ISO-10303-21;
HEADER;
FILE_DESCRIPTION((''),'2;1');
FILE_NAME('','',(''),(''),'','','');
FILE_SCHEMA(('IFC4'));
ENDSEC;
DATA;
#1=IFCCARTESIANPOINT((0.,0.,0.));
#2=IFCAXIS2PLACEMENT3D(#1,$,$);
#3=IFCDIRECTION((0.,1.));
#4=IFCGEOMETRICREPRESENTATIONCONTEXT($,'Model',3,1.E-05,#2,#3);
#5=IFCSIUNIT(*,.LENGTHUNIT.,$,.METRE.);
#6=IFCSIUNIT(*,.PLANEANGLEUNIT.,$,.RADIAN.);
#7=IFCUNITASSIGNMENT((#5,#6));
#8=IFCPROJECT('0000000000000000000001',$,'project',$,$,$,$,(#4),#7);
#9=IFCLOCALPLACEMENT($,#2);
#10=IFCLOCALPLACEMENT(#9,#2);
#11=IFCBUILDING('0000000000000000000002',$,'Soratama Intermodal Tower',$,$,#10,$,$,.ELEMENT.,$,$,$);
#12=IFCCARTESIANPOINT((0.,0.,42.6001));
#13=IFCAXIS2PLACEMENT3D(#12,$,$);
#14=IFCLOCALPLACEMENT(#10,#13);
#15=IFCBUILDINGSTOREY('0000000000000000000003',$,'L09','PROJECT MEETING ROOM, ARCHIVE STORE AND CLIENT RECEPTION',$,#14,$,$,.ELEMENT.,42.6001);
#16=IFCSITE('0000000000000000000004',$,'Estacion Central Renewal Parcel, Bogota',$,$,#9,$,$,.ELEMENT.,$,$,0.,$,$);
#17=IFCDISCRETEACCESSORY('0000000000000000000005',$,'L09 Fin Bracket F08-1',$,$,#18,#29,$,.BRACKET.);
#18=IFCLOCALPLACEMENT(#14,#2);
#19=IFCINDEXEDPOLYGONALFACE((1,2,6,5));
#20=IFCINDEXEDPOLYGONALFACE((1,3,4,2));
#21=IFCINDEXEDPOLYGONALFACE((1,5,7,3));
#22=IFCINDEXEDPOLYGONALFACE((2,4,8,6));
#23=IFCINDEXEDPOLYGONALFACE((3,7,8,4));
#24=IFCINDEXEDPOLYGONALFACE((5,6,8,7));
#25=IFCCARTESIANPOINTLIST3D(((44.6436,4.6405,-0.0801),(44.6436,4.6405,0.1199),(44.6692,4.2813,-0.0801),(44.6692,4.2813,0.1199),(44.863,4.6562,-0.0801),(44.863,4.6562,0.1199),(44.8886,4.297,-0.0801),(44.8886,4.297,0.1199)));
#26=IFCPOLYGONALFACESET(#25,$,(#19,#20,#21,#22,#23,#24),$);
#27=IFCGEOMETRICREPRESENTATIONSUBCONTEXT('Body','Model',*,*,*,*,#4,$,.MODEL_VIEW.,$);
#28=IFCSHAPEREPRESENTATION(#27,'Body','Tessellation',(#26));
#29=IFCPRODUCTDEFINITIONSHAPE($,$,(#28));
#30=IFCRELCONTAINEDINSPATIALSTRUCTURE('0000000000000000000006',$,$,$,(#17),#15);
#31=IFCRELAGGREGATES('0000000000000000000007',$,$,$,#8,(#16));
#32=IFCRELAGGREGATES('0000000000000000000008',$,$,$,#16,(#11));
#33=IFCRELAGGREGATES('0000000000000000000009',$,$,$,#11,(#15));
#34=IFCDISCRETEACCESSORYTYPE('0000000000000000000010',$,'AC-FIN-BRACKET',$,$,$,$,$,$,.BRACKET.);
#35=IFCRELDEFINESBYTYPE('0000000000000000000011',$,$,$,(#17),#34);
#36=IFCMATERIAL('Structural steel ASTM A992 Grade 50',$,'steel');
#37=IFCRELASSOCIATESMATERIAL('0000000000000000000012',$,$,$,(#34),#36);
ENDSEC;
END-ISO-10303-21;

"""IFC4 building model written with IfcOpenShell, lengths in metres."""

from ifc_helpers import new_model, si_unit, direction, frame, origin, origin_2d, place, context, subcontext, project, spatial, rectangle, extrude, material, type_object, element, save


model = new_model("IFC4")

# Units and contexts
model_context = context("Model", 3, precision=1e-05, world=origin(), true_north=direction((0.0, 1.0)))
body_context = subcontext(model_context, "Body", "Model", "MODEL_VIEW")
ifc_project = project(units=[si_unit("LENGTHUNIT", "METRE"), si_unit("PLANEANGLEUNIT", "RADIAN")], contexts=[model_context])

# Site, building, storey
site_placement = place(None, origin())
site = spatial("IfcSite", under=ifc_project, at=site_placement, Name="Estacion Central Renewal Parcel, Bogota", CompositionType="ELEMENT", RefElevation=0.0)
building_placement = place(site_placement, origin())
building = spatial("IfcBuilding", under=site, at=building_placement, Name="Soratama Intermodal Tower", CompositionType="ELEMENT")
storey_placement = place(building_placement, frame((0.0, 0.0, 42.6001)))
storey = spatial("IfcBuildingStorey", under=building, at=storey_placement, Name="L09", Description="PROJECT MEETING ROOM, ARCHIVE STORE AND CLIENT RECEPTION", CompositionType="ELEMENT", Elevation=42.6001)

# Discrete accessory
ifc_material_1 = material(Name="Structural steel ASTM A992 Grade 50", Category="steel")
discrete_accessory_type = type_object("IfcDiscreteAccessoryType", Name="AC-FIN-BRACKET", PredefinedType="BRACKET", material=ifc_material_1)
discrete_accessory_placement = place(storey_placement, frame((44.7661, 4.4688, -0.0801), z_axis=(0.0, 0.0, 1.0), x_axis=(0.071149, -0.997466, 0.0)))
element("IfcDiscreteAccessory", 1, at=discrete_accessory_placement, inside=storey, type_object=discrete_accessory_type, Name="L09 Fin Bracket F08-1", PredefinedType="BRACKET", context=body_context, shape_type="SweptSolid", body=[
    extrude(rectangle(XDim=0.3601, YDim=0.22, at=origin_2d()), origin(), (0.0, 0.0, 1.0), 0.2),
])

save(model, "model.ifc")
